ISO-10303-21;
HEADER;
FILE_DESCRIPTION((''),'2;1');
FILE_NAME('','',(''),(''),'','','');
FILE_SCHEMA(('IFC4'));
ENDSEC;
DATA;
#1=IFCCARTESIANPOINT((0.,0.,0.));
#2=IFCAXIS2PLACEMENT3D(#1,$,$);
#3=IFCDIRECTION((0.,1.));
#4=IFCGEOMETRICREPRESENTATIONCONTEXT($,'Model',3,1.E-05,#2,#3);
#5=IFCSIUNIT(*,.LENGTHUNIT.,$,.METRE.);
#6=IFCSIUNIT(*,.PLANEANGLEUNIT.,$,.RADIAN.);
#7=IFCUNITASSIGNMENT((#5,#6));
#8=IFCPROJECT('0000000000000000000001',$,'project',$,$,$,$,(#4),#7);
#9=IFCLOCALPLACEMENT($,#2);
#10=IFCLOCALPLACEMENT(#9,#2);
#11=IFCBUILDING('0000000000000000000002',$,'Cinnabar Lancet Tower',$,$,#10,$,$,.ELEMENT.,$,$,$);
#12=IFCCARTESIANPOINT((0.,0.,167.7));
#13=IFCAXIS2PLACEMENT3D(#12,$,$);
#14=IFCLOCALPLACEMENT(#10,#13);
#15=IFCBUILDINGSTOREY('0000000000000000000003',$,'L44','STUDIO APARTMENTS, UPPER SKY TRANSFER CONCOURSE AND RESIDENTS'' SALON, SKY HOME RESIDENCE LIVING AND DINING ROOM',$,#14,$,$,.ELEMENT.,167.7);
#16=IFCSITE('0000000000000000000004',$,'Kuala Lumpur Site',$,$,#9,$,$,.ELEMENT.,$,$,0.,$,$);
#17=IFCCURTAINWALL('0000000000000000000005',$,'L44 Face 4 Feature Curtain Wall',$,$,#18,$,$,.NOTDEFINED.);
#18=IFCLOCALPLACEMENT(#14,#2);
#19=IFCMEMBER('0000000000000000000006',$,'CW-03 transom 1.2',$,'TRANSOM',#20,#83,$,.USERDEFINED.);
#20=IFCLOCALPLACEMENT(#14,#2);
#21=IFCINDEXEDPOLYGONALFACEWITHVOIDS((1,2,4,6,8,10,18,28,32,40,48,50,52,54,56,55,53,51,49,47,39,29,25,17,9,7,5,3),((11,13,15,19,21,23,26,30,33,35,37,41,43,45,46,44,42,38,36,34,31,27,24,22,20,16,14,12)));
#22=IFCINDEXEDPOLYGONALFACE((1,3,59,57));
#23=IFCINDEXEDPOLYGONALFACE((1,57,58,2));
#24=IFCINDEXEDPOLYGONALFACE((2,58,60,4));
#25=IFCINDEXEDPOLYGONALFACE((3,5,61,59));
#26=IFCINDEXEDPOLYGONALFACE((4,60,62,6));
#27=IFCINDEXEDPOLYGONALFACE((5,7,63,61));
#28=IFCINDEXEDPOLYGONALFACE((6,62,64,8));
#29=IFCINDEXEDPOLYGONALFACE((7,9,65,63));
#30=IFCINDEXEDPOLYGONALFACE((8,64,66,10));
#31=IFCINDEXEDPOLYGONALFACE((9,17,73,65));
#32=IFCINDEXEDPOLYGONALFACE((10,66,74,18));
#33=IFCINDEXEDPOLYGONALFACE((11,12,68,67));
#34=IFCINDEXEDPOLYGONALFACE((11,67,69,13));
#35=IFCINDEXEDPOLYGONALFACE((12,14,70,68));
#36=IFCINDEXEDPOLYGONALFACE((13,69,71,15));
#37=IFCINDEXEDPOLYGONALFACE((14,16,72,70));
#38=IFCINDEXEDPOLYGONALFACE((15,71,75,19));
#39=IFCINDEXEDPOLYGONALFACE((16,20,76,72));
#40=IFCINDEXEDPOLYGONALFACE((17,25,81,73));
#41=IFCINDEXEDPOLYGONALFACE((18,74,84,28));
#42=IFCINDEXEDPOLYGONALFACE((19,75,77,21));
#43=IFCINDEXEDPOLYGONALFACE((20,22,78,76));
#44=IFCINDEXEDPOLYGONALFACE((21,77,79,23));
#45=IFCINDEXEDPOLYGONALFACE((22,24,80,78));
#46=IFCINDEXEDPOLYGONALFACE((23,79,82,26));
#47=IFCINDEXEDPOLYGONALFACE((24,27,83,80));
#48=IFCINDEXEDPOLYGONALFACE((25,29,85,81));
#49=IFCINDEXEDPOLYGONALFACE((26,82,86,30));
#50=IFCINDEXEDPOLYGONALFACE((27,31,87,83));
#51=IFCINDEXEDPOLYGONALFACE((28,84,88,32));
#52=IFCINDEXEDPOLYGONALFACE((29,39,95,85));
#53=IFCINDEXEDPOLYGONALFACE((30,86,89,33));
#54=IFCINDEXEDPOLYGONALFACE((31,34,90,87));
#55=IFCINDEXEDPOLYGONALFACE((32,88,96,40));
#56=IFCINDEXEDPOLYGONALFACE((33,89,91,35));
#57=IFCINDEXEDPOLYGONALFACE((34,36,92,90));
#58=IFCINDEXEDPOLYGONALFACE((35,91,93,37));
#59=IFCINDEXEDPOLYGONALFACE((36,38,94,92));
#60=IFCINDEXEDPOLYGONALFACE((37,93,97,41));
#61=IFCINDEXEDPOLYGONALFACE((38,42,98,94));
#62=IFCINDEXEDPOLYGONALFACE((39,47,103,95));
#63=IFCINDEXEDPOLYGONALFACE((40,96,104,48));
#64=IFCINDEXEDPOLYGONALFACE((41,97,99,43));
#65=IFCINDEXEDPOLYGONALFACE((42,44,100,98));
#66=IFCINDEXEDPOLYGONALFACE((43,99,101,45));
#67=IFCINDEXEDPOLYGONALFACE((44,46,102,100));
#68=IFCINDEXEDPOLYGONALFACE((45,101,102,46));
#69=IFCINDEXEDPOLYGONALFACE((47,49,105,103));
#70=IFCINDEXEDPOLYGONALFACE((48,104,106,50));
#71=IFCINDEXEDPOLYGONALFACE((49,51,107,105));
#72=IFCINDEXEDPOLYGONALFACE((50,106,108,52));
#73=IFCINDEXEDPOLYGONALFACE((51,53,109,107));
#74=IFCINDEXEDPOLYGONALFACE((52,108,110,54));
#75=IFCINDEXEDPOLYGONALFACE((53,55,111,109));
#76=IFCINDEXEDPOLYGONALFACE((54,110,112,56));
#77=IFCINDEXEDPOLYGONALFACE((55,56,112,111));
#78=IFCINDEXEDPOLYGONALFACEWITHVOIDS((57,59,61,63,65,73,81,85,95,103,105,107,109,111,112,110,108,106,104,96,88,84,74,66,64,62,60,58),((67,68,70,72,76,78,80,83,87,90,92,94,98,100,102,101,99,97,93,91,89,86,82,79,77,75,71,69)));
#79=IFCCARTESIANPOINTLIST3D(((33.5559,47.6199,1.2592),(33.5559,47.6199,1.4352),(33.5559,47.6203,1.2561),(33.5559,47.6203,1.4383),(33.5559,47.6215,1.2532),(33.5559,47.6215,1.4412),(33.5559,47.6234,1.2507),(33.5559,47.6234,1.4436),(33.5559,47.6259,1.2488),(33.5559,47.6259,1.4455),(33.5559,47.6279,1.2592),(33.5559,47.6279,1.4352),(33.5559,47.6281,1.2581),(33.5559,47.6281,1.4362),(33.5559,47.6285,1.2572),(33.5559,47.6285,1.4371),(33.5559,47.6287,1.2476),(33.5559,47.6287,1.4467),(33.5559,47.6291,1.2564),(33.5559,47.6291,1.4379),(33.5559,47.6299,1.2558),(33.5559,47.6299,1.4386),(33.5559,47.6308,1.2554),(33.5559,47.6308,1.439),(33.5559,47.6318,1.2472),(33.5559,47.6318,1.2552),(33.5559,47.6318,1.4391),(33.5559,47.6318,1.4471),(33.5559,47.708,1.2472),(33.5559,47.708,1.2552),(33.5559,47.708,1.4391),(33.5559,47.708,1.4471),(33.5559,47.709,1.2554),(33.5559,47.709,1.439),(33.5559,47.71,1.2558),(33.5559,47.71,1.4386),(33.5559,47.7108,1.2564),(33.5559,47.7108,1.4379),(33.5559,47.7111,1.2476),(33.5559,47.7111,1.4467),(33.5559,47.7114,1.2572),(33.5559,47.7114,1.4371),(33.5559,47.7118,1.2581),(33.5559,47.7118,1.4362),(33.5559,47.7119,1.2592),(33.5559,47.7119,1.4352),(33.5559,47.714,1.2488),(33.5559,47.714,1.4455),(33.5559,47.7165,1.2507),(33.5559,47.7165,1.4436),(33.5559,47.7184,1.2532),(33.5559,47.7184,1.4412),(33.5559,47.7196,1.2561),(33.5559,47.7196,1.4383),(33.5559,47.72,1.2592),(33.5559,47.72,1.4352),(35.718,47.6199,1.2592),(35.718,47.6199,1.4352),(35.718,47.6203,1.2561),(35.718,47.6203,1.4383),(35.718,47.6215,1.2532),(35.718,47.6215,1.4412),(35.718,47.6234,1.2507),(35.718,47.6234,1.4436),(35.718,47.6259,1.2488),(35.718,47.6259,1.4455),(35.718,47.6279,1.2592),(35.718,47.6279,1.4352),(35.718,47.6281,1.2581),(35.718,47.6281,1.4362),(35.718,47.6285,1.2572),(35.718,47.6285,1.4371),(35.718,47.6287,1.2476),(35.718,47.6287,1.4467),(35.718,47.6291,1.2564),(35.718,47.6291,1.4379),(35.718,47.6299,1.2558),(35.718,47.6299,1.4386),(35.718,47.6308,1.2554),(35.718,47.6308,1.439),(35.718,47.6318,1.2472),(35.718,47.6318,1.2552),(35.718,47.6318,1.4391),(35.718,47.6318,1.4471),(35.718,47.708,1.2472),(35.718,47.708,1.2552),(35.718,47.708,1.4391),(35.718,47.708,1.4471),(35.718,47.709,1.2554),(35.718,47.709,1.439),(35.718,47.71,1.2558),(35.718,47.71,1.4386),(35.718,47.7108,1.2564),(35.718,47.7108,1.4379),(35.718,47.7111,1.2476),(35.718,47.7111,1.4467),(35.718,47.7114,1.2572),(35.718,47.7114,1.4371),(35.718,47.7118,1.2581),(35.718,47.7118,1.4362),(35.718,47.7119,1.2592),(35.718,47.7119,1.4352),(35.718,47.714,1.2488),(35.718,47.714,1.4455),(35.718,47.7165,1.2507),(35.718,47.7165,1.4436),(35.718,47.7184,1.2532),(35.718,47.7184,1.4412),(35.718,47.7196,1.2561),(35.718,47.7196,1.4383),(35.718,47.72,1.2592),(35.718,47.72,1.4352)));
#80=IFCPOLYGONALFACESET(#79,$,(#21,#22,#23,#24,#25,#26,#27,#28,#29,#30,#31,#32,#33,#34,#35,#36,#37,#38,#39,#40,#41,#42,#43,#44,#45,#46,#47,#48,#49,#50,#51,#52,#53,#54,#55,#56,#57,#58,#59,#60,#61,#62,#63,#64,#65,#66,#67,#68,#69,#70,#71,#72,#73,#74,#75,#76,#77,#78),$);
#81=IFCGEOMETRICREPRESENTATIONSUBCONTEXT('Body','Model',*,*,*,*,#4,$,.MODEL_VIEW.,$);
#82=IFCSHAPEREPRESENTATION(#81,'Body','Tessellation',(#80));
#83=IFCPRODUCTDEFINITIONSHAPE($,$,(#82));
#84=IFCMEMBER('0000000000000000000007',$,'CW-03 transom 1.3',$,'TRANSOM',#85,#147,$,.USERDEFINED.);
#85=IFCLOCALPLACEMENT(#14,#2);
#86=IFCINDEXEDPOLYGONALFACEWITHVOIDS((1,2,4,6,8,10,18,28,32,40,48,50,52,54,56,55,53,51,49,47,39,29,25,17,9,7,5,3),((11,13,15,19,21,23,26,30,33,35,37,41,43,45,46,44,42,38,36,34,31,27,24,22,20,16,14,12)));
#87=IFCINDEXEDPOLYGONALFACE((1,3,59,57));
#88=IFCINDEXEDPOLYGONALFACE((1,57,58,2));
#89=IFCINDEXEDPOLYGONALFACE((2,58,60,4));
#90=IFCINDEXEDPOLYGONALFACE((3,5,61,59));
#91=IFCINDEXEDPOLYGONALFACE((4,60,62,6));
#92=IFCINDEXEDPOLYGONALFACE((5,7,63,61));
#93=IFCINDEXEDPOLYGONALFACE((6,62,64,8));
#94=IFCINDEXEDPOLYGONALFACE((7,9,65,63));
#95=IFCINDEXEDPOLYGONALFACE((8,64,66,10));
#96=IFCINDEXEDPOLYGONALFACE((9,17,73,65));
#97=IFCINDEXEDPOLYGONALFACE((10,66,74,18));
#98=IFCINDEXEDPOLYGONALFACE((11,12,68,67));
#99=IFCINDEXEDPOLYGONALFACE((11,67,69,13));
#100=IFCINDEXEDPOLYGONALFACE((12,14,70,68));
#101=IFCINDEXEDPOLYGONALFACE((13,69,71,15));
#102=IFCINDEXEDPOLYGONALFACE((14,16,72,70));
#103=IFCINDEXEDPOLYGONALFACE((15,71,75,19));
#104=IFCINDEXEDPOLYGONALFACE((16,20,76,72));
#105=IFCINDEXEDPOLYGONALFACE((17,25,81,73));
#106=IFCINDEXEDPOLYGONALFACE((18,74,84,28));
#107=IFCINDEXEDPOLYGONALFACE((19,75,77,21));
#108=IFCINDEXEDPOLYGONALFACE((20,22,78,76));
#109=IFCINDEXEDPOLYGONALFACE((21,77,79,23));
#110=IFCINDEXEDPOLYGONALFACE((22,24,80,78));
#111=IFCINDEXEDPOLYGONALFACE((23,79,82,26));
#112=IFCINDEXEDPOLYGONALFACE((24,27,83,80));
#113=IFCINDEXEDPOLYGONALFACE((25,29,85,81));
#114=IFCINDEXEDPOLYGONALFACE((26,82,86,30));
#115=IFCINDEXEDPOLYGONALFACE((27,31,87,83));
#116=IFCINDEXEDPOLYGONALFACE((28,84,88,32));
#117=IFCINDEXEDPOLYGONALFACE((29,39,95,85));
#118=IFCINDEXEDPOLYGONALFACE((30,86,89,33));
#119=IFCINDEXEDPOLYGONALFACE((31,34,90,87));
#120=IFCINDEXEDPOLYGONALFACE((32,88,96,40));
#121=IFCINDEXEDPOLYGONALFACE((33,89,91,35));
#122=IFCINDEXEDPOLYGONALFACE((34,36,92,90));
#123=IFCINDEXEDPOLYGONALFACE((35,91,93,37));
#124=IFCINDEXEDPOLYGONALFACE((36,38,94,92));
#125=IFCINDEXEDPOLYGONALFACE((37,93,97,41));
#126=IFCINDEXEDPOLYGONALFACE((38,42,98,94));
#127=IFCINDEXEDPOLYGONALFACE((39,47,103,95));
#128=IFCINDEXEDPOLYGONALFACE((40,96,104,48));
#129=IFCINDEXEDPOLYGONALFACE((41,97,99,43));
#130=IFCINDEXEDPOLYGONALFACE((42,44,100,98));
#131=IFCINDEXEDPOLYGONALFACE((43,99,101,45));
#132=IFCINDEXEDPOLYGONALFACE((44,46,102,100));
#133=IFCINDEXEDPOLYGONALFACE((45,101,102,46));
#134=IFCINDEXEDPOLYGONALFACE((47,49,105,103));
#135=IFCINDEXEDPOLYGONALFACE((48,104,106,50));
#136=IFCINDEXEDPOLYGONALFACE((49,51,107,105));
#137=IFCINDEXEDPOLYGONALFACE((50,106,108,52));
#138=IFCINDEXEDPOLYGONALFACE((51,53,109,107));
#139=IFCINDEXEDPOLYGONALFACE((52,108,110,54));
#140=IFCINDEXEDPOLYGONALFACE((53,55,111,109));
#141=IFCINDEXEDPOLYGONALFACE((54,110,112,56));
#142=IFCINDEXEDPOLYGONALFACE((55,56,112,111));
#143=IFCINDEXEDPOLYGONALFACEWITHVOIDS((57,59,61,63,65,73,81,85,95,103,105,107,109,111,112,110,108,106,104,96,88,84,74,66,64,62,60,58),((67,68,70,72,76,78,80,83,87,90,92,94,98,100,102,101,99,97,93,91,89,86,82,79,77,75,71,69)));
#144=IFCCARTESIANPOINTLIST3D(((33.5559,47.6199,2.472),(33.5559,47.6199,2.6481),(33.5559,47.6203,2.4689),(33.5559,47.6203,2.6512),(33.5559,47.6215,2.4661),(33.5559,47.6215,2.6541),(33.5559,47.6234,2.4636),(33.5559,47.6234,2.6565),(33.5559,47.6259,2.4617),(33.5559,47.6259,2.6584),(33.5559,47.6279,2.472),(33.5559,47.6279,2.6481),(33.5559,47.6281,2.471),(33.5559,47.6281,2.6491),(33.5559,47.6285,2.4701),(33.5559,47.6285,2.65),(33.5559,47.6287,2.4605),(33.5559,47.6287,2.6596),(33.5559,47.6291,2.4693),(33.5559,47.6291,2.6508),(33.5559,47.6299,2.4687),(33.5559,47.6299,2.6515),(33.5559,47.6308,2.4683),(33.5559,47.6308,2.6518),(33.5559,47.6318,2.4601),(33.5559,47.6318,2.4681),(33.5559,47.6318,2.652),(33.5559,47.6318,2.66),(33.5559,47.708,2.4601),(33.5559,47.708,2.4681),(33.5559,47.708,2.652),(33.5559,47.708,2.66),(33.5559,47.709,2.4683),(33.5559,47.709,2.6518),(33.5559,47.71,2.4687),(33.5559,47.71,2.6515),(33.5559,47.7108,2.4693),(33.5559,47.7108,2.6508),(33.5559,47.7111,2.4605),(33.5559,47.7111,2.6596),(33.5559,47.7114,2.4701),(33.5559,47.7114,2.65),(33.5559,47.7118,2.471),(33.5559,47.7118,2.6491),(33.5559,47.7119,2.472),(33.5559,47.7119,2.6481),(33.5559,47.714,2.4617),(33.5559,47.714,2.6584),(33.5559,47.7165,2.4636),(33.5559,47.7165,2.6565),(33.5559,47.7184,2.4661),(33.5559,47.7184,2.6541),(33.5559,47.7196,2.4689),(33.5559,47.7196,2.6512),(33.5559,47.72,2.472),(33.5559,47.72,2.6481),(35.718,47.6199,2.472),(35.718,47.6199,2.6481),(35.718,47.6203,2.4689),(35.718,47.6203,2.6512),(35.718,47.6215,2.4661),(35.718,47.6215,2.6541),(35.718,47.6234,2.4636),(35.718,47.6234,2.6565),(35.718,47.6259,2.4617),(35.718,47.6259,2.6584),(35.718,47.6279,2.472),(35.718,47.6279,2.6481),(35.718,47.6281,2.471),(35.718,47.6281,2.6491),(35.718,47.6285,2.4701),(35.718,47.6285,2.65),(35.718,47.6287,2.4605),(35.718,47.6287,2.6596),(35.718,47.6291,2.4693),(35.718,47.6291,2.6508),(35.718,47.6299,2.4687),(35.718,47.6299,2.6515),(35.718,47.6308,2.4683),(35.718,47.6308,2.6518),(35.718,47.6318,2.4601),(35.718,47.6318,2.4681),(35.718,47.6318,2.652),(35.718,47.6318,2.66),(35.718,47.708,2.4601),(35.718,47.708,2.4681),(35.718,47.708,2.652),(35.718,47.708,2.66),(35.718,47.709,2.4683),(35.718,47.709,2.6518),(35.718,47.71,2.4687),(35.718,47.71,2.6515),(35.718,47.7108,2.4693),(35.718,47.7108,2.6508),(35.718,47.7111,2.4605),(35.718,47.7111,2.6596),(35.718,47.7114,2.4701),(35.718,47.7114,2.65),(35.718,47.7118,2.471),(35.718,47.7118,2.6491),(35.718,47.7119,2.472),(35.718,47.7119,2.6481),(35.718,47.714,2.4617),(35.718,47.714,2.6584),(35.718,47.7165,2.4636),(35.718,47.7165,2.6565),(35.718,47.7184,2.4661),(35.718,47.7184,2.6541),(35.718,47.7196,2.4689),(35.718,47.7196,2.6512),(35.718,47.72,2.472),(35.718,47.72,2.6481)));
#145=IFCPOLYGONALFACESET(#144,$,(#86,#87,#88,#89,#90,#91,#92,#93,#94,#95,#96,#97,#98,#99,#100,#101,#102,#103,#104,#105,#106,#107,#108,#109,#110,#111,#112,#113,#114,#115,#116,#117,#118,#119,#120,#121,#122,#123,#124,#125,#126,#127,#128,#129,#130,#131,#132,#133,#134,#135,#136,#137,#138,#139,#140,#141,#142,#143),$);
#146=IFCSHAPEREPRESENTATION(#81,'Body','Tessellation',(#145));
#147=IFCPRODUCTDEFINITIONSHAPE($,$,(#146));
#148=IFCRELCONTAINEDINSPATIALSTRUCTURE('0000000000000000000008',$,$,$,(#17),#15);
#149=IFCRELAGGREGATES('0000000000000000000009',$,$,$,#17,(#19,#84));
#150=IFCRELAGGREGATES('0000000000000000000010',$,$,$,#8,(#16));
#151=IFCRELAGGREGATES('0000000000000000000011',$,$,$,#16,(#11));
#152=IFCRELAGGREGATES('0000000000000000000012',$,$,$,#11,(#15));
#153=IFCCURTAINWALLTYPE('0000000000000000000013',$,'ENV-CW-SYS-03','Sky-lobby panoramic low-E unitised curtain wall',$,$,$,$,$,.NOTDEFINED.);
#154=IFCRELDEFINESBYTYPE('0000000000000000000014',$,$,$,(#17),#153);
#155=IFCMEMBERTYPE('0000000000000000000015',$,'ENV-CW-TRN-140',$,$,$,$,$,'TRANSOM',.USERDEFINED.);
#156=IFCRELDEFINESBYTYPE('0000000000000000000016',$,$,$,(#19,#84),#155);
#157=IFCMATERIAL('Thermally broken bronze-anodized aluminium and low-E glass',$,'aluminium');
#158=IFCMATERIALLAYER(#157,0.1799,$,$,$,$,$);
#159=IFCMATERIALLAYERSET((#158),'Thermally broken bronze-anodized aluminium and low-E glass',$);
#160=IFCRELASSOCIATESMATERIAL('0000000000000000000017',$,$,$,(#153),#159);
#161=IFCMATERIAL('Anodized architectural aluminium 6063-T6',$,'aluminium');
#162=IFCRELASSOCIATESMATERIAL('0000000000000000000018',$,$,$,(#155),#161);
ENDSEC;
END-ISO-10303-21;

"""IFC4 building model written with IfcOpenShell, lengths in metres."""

from ifc_helpers import new_model, si_unit, direction, frame, origin, origin_2d, place, context, subcontext, project, spatial, hollow_rectangle, extrude, material, layer, layer_set, material_profile, profile_set, type_object, element, aggregate, save


model = new_model("IFC4")

# Units and contexts
model_context = context("Model", 3, precision=1e-05, world=origin(), true_north=direction((0.0, 1.0)))
body_context = subcontext(model_context, "Body", "Model", "MODEL_VIEW")
ifc_project = project(units=[si_unit("LENGTHUNIT", "METRE"), si_unit("PLANEANGLEUNIT", "RADIAN")], contexts=[model_context])

# Site, building, storey
site_placement = place(None, origin())
site = spatial("IfcSite", under=ifc_project, at=site_placement, Name="Kuala Lumpur Site", CompositionType="ELEMENT", RefElevation=0.0)
building_placement = place(site_placement, origin())
building = spatial("IfcBuilding", under=site, at=building_placement, Name="Cinnabar Lancet Tower", CompositionType="ELEMENT")
storey_placement = place(building_placement, frame((0.0, 0.0, 167.7)))
storey = spatial("IfcBuildingStorey", under=building, at=storey_placement, Name="L44", Description="STUDIO APARTMENTS, UPPER SKY TRANSFER CONCOURSE AND RESIDENTS' SALON, SKY HOME RESIDENCE LIVING AND DINING ROOM", CompositionType="ELEMENT", Elevation=167.7)

# Curtain wall, members
ifc_material_1 = material(Name="Thermally broken bronze-anodized aluminium and low-E glass", Category="aluminium")
ifc_layer_1 = layer(ifc_material_1, 0.1799)
ifc_layer_set_1 = layer_set([ifc_layer_1], Name="Thermally broken bronze-anodized aluminium and low-E glass")
curtain_wall_type = type_object("IfcCurtainWallType", Name="ENV-CW-SYS-03", Description="Sky-lobby panoramic low-E unitised curtain wall", PredefinedType="NOTDEFINED", material=ifc_layer_set_1)
curtain_wall_placement = place(storey_placement, origin())
curtain_wall = element("IfcCurtainWall", 1, at=curtain_wall_placement, inside=storey, type_object=curtain_wall_type, Name="L44 Face 4 Feature Curtain Wall", PredefinedType="NOTDEFINED")
ifc_material_2 = material(Name="Anodized architectural aluminium 6063-T6", Category="aluminium")
ifc_material_profile_1 = material_profile(ifc_material_2, hollow_rectangle(XDim=0.1001, YDim=0.2, WallThickness=0.0081, InnerFilletRadius=0.0039, OuterFilletRadius=0.012, at=origin_2d()), Name="RHS 200x100x8")
ifc_profile_set_1 = profile_set([ifc_material_profile_1], Name="Anodized architectural aluminium 6063-T6")
member_type_1 = type_object("IfcMemberType", Name="ENV-CW-TRN-140", ElementType="TRANSOM", PredefinedType="USERDEFINED", material=ifc_profile_set_1)
member_1_placement = place(storey_placement, frame((35.718, 47.6699, 1.3472), z_axis=(-1.0, 0.0, 0.0), x_axis=(0.0, -1.0, 0.0)))
member_1 = element("IfcMember", 2, at=member_1_placement, type_object=member_type_1, Name="CW-03 transom 1.2", ObjectType="TRANSOM", PredefinedType="USERDEFINED", context=body_context, shape_type="SweptSolid", body=[
    extrude(hollow_rectangle(XDim=0.1001, YDim=0.2, WallThickness=0.0081, InnerFilletRadius=0.0039, OuterFilletRadius=0.012, at=origin_2d()), origin(), (0.0, 0.0, 1.0), 2.1621),
])
member_2_placement = place(storey_placement, frame((35.718, 47.6699, 2.5601), z_axis=(-1.0, 0.0, 0.0), x_axis=(0.0, -1.0, 0.0)))
member_2 = element("IfcMember", 3, at=member_2_placement, type_object=member_type_1, Name="CW-03 transom 1.3", ObjectType="TRANSOM", PredefinedType="USERDEFINED", context=body_context, shape_type="SweptSolid", body=[
    extrude(hollow_rectangle(XDim=0.1001, YDim=0.2, WallThickness=0.0081, InnerFilletRadius=0.0039, OuterFilletRadius=0.012, at=origin_2d()), origin(), (0.0, 0.0, 1.0), 2.1621),
])

aggregate(curtain_wall, [member_1, member_2])

save(model, "model.ifc")
